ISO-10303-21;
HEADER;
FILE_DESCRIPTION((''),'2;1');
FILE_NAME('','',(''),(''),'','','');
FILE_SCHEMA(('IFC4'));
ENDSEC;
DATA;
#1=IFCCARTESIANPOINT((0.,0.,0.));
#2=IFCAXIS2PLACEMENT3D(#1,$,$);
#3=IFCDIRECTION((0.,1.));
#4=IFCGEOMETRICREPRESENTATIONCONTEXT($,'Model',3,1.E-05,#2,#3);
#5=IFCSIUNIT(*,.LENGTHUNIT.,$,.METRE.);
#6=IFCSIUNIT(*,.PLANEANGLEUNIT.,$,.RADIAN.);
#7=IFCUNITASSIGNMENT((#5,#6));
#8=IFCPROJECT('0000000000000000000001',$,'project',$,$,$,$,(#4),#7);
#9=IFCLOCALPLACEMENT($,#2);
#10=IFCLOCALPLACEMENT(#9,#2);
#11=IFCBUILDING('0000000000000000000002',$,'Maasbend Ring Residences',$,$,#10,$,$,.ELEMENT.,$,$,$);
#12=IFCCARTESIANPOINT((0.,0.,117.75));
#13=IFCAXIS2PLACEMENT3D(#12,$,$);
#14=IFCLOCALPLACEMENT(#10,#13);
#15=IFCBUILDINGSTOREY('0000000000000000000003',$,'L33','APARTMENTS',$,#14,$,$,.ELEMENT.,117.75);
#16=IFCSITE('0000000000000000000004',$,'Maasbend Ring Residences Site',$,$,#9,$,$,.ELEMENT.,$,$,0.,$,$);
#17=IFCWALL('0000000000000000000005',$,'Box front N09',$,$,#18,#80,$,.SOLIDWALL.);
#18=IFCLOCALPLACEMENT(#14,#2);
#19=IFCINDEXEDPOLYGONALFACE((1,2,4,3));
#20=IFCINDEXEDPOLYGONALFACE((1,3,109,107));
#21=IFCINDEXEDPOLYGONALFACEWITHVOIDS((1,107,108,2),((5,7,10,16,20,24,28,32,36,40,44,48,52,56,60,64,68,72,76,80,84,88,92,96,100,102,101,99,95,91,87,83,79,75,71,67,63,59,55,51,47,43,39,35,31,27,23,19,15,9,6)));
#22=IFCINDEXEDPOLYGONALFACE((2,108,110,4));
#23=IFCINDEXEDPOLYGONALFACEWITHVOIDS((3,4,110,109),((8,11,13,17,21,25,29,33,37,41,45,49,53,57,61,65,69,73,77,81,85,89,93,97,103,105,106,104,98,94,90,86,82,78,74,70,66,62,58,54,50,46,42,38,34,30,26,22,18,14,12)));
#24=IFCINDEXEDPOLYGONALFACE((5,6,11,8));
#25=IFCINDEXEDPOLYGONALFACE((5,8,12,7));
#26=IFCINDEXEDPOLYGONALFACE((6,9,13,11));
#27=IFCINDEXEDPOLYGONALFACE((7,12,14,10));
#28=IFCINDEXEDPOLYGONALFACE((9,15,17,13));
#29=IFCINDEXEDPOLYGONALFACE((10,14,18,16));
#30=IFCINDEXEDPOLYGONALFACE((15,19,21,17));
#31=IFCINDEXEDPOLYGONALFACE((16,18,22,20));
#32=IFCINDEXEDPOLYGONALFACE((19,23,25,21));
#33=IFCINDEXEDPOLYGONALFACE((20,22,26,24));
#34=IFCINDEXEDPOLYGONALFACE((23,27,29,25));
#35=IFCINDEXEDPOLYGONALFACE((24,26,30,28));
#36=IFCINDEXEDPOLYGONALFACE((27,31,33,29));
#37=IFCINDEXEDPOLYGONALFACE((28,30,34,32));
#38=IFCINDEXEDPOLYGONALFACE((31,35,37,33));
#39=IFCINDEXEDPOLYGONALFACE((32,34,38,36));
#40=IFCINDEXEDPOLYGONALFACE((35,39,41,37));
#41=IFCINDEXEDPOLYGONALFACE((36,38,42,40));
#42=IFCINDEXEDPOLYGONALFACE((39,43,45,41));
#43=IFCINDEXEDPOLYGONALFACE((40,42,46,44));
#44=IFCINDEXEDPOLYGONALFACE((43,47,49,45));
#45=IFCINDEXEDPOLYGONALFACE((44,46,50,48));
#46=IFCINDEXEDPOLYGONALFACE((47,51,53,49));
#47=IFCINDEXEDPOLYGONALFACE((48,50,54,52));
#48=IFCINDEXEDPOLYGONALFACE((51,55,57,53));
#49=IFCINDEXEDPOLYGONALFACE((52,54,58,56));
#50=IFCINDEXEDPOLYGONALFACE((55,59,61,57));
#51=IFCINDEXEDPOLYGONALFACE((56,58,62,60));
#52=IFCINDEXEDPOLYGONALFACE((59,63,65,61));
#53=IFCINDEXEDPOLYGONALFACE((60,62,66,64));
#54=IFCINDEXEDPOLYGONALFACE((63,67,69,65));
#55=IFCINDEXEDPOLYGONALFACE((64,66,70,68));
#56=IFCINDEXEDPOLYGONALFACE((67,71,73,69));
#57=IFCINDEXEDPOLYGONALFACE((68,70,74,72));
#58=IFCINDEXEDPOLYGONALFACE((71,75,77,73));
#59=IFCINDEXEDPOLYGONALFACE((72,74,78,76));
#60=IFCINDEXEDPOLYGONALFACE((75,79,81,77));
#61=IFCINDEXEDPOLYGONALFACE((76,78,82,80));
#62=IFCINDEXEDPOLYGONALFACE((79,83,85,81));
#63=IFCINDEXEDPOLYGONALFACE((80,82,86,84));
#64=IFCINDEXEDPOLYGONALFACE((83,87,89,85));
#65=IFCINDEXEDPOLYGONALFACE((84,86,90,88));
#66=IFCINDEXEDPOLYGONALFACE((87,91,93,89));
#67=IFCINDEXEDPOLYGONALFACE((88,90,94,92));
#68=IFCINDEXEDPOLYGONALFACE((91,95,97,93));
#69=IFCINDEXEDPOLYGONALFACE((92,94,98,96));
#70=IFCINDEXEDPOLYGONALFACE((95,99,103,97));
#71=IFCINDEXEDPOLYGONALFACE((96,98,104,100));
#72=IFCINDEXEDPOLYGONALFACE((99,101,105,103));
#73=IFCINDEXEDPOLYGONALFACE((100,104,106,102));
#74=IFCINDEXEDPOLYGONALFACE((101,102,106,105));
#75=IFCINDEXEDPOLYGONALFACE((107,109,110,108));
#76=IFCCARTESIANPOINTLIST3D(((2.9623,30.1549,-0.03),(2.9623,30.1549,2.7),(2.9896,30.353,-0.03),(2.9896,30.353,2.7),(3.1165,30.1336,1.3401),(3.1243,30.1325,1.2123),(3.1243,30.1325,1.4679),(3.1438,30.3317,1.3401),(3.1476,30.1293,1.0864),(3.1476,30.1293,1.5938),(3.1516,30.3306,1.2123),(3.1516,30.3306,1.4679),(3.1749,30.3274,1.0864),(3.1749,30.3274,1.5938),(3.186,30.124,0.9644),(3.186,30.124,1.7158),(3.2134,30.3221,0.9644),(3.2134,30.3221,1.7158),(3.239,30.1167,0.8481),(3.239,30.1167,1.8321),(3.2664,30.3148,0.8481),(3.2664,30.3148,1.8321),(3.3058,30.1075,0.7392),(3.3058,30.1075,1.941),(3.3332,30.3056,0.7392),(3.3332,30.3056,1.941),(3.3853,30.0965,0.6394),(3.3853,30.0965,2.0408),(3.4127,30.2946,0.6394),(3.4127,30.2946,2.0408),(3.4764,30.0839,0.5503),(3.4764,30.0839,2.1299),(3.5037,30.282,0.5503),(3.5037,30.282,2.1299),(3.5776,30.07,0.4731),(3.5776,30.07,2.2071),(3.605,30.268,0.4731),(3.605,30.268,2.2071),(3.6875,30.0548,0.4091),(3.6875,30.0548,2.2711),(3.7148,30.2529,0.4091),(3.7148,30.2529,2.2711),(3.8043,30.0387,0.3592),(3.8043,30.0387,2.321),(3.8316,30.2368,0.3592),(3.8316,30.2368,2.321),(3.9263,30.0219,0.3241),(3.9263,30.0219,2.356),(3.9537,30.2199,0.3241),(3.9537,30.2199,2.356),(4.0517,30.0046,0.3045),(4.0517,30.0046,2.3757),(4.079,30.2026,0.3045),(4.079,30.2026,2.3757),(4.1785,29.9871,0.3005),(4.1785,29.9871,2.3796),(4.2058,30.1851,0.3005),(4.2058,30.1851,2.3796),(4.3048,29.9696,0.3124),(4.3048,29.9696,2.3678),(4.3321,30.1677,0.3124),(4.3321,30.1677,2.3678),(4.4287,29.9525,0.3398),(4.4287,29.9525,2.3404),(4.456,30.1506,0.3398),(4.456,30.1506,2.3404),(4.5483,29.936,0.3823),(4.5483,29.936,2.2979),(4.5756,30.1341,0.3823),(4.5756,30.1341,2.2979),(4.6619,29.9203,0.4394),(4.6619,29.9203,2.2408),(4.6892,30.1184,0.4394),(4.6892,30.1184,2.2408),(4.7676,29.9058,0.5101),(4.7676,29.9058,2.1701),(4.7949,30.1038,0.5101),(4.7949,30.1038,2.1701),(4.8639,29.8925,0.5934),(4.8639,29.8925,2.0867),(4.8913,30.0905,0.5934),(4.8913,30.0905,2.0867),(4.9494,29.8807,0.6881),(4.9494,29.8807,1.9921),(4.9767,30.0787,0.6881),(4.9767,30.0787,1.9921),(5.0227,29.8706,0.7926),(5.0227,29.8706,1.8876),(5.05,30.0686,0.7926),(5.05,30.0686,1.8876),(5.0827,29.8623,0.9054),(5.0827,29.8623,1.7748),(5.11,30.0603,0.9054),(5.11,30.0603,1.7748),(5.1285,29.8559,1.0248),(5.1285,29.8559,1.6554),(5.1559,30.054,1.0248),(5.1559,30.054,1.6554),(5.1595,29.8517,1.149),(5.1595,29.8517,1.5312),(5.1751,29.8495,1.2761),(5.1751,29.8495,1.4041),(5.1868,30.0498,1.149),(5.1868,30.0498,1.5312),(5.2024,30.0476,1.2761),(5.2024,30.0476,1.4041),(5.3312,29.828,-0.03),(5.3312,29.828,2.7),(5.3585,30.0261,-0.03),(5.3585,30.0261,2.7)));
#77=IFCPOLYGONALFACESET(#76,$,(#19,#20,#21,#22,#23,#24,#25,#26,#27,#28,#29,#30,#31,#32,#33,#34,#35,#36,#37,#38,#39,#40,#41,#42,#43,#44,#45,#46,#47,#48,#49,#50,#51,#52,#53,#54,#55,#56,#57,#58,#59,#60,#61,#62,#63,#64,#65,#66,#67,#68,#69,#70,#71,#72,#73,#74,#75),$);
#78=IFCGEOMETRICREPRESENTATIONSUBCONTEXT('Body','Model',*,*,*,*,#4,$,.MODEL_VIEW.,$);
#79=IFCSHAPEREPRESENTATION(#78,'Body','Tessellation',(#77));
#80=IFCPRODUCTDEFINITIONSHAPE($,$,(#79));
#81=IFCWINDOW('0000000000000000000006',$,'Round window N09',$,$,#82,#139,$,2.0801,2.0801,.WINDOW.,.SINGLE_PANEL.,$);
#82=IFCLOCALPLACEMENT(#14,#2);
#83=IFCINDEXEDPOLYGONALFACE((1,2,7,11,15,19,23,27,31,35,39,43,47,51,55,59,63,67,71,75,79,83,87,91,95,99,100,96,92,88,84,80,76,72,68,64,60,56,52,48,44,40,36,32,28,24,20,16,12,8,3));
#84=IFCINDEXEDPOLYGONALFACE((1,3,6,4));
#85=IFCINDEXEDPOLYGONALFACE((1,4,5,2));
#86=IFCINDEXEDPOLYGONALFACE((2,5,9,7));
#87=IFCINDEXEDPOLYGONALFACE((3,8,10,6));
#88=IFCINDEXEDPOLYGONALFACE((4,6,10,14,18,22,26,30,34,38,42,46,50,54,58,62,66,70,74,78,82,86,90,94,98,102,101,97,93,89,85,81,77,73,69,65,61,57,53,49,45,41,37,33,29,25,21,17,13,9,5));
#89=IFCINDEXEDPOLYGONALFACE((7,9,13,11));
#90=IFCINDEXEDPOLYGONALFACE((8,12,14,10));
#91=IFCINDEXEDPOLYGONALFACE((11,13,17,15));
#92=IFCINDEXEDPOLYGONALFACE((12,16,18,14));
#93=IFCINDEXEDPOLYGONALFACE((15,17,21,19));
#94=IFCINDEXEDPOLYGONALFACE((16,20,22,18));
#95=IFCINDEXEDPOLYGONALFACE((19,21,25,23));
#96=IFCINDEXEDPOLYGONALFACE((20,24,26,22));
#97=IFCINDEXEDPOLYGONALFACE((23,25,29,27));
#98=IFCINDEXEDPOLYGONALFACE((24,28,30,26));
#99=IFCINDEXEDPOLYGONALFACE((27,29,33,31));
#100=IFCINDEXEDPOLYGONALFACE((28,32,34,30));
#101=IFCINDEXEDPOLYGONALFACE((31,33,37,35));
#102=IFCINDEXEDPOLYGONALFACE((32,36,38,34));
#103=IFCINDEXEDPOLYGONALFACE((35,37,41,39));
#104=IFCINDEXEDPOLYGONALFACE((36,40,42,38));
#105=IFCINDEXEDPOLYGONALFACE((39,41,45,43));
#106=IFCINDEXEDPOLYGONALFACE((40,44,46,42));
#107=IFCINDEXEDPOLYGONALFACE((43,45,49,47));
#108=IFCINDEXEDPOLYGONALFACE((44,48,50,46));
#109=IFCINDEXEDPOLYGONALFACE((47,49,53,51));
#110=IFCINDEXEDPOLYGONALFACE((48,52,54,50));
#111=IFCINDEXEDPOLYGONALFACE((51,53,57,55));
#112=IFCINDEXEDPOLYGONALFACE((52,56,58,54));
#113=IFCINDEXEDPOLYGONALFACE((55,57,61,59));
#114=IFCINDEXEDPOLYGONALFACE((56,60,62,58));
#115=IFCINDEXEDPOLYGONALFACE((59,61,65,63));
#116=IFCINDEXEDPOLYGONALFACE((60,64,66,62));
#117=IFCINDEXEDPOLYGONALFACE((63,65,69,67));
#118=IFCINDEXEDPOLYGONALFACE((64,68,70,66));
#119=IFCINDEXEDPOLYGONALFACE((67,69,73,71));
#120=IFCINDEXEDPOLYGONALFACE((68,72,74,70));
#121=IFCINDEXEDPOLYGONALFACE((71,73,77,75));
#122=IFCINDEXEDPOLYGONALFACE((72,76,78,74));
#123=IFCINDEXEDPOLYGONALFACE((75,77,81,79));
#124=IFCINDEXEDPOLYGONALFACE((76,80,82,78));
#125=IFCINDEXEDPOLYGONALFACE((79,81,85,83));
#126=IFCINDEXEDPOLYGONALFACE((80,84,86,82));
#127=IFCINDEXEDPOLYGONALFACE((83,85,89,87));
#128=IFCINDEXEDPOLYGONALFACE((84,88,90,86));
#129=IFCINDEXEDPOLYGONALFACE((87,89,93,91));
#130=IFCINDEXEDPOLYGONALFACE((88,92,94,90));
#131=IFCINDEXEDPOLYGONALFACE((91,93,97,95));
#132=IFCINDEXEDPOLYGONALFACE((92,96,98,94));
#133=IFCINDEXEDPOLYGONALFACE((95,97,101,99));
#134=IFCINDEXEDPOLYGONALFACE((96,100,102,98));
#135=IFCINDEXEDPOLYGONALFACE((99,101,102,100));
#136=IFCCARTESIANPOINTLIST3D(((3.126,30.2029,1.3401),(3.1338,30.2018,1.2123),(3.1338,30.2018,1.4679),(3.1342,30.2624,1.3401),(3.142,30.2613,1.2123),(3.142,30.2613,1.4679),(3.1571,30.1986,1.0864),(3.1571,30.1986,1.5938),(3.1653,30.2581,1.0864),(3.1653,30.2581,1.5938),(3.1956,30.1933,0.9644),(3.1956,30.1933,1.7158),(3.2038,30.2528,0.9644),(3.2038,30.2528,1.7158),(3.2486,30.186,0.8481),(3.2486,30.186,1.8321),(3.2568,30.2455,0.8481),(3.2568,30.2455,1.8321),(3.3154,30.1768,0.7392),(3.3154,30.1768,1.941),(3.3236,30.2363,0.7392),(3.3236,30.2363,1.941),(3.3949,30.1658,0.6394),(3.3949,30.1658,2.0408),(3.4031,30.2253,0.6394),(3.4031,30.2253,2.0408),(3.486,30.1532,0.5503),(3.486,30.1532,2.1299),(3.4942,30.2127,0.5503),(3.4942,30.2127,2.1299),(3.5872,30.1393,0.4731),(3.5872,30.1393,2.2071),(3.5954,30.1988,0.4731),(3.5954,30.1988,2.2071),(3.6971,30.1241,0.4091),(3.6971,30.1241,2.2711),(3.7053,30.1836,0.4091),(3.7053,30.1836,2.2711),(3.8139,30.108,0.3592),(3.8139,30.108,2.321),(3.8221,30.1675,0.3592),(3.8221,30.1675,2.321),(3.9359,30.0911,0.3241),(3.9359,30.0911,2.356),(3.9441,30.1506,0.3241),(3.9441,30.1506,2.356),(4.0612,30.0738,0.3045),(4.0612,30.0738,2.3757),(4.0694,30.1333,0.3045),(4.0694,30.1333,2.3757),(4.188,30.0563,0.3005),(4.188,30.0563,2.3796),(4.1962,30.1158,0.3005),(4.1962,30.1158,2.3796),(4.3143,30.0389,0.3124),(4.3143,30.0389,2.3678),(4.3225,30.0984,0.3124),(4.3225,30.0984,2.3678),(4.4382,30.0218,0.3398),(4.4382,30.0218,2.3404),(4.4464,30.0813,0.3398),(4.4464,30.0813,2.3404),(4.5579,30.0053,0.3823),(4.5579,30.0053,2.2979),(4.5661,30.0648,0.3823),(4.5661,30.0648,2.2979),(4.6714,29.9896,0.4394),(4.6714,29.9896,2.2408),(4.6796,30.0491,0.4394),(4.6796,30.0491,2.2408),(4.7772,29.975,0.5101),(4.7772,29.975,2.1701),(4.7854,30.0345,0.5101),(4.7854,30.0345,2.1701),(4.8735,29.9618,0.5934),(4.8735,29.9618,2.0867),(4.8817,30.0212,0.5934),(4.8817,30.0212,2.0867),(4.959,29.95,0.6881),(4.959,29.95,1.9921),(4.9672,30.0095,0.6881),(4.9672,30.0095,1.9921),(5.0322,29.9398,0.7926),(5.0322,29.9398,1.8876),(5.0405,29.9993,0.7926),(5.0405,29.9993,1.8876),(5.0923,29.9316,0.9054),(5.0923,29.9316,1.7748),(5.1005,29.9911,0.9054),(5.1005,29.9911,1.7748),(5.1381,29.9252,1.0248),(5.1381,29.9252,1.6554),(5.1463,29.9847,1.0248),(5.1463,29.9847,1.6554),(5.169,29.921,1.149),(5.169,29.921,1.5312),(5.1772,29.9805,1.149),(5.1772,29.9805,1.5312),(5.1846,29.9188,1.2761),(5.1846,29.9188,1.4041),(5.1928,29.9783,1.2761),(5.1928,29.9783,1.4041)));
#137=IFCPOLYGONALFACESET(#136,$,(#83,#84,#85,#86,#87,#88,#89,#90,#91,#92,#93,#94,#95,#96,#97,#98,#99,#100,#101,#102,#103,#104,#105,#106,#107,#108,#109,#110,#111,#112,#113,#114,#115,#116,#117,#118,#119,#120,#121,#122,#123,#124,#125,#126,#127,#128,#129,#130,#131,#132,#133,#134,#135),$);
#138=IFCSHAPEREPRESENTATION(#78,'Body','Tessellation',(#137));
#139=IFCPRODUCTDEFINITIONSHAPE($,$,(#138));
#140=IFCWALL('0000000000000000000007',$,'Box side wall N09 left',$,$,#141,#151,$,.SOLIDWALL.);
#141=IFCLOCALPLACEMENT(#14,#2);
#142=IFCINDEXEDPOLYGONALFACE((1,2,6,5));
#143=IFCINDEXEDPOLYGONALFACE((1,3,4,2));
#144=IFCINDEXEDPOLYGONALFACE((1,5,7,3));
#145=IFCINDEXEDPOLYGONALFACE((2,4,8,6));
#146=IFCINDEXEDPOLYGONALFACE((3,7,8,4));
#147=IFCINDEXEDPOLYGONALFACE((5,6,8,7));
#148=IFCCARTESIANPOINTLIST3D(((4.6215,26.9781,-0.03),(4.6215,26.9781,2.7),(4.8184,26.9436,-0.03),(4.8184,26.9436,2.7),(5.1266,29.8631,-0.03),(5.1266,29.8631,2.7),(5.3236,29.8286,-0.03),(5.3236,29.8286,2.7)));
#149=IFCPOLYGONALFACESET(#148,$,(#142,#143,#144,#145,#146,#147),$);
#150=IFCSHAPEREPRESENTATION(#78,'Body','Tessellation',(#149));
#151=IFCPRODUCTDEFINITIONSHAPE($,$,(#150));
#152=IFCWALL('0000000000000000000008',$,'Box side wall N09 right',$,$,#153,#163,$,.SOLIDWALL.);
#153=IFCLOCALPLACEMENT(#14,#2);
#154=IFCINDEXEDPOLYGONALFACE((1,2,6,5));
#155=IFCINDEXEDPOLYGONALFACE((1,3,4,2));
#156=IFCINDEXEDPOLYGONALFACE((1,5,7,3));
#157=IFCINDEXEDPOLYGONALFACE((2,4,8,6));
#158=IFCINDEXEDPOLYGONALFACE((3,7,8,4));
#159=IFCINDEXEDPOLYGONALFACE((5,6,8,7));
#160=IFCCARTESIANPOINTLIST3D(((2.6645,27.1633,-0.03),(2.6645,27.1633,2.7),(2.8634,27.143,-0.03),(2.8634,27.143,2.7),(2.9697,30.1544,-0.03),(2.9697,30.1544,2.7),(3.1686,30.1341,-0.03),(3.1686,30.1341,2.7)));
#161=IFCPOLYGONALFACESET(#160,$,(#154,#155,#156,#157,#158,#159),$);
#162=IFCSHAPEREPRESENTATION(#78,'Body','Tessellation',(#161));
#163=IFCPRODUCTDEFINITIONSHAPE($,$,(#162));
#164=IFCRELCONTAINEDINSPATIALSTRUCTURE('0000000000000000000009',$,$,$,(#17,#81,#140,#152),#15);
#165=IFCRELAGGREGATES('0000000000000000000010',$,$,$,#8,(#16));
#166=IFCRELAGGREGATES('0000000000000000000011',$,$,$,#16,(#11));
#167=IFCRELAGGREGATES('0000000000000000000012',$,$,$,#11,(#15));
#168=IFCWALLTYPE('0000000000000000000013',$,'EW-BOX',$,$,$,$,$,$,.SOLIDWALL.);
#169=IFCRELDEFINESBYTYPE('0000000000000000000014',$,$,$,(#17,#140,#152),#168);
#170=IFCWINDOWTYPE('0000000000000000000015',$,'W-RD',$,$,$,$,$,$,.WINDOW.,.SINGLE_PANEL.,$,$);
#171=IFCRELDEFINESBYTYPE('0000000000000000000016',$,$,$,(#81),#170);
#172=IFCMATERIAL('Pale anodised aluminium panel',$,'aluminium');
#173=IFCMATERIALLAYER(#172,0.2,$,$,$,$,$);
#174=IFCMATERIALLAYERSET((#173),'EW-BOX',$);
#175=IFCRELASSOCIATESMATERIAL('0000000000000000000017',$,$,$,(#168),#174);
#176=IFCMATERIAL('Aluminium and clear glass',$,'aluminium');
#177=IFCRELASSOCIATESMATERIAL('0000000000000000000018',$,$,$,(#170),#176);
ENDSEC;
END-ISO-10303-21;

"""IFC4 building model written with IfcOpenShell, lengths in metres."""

from ifc_helpers import new_model, si_unit, direction, frame, frame_2d, origin, place, context, subcontext, project, spatial, rectangle, circle, extrude, material, layer, layer_set, type_object, element, fill, save


model = new_model("IFC4")

# Units and contexts
model_context = context("Model", 3, precision=1e-05, world=origin(), true_north=direction((0.0, 1.0)))
body_context = subcontext(model_context, "Body", "Model", "MODEL_VIEW")
ifc_project = project(units=[si_unit("LENGTHUNIT", "METRE"), si_unit("PLANEANGLEUNIT", "RADIAN")], contexts=[model_context])

# Site, building, storey
site_placement = place(None, origin())
site = spatial("IfcSite", under=ifc_project, at=site_placement, Name="Maasbend Ring Residences Site", CompositionType="ELEMENT", RefElevation=0.0)
building_placement = place(site_placement, origin())
building = spatial("IfcBuilding", under=site, at=building_placement, Name="Maasbend Ring Residences", CompositionType="ELEMENT")
storey_placement = place(building_placement, frame((0.0, 0.0, 117.75)))
storey = spatial("IfcBuildingStorey", under=building, at=storey_placement, Name="L33", Description="APARTMENTS", CompositionType="ELEMENT", Elevation=117.75)

# Shared definitions
ifc_material_1 = material(Name="Pale anodised aluminium panel", Category="aluminium")
ifc_layer_1 = layer(ifc_material_1, 0.2)
ifc_layer_set_1 = layer_set([ifc_layer_1], Name="EW-BOX")
wall_type_1 = type_object("IfcWallType", Name="EW-BOX", PredefinedType="SOLIDWALL", material=ifc_layer_set_1)

# Wall, opening, window
wall_1_placement = place(storey_placement, frame((5.345, 29.927, -0.03), z_axis=(0.0, 0.0, 1.0), x_axis=(-0.990612, 0.136703, 0.0)))
wall_1 = element("IfcWall", 1, at=wall_1_placement, inside=storey, type_object=wall_type_1, Name="Box front N09", PredefinedType="SOLIDWALL", context=body_context, shape_type="SweptSolid", body=[
    extrude(rectangle(XDim=2.3914, YDim=0.2, at=frame_2d((1.1958, 0.0))), origin(), (0.0, 0.0, 1.0), 2.73),
])
opening_1_placement = place(wall_1_placement, frame((0.1558, 0.0, 0.3301)))
opening_1 = element("IfcOpeningElement", 2, at=opening_1_placement, cuts=wall_1, PredefinedType="OPENING", context=body_context, shape_type="SweptSolid", body=[
    extrude(circle(Radius=1.04, at=frame_2d((1.04, 1.04))), frame((0.0, 0.1099, 0.0), z_axis=(0.0, -1.0, 0.0), x_axis=(1.0, 0.0, 0.0)), (0.0, 0.0, 1.0), 0.22),
])
ifc_material_2 = material(Name="Aluminium and clear glass", Category="aluminium")
window_type_1 = type_object("IfcWindowType", Name="W-RD", PartitioningType="SINGLE_PANEL", PredefinedType="WINDOW", material=ifc_material_2)
window_1_placement = place(opening_1_placement, origin())
window_1 = element("IfcWindow", 3, at=window_1_placement, inside=storey, type_object=window_type_1, Name="Round window N09", OverallHeight=2.0801, OverallWidth=2.0801, PartitioningType="SINGLE_PANEL", PredefinedType="WINDOW", context=body_context, shape_type="SweptSolid", body=[
    extrude(circle(Radius=1.04, at=frame_2d((1.04, 1.04))), frame((0.0, 0.03, 0.0), z_axis=(0.0, -1.0, 0.0), x_axis=(1.0, 0.0, 0.0)), (0.0, 0.0, 1.0), 0.0601),
])
fill(opening_1, window_1)

# Walls
wall_2_placement = place(storey_placement, frame((4.72, 26.9609, -0.03), z_axis=(0.0, 0.0, 1.0), x_axis=(0.172463, 0.985016, 0.0)))
element("IfcWall", 4, at=wall_2_placement, inside=storey, type_object=wall_type_1, Name="Box side wall N09 left", PredefinedType="SOLIDWALL", context=body_context, shape_type="SweptSolid", body=[
    extrude(rectangle(XDim=2.929, YDim=0.2, at=frame_2d((1.4644, 0.0))), origin(), (0.0, 0.0, 1.0), 2.73),
])
wall_3_placement = place(storey_placement, frame((2.7639, 27.1531, -0.03), z_axis=(0.0, 0.0, 1.0), x_axis=(0.101505, 0.994835, 0.0)))
element("IfcWall", 5, at=wall_3_placement, inside=storey, type_object=wall_type_1, Name="Box side wall N09 right", PredefinedType="SOLIDWALL", context=body_context, shape_type="SweptSolid", body=[
    extrude(rectangle(XDim=3.0066, YDim=0.2, at=frame_2d((1.5034, 0.0))), origin(), (0.0, 0.0, 1.0), 2.73),
])

save(model, "model.ifc")
